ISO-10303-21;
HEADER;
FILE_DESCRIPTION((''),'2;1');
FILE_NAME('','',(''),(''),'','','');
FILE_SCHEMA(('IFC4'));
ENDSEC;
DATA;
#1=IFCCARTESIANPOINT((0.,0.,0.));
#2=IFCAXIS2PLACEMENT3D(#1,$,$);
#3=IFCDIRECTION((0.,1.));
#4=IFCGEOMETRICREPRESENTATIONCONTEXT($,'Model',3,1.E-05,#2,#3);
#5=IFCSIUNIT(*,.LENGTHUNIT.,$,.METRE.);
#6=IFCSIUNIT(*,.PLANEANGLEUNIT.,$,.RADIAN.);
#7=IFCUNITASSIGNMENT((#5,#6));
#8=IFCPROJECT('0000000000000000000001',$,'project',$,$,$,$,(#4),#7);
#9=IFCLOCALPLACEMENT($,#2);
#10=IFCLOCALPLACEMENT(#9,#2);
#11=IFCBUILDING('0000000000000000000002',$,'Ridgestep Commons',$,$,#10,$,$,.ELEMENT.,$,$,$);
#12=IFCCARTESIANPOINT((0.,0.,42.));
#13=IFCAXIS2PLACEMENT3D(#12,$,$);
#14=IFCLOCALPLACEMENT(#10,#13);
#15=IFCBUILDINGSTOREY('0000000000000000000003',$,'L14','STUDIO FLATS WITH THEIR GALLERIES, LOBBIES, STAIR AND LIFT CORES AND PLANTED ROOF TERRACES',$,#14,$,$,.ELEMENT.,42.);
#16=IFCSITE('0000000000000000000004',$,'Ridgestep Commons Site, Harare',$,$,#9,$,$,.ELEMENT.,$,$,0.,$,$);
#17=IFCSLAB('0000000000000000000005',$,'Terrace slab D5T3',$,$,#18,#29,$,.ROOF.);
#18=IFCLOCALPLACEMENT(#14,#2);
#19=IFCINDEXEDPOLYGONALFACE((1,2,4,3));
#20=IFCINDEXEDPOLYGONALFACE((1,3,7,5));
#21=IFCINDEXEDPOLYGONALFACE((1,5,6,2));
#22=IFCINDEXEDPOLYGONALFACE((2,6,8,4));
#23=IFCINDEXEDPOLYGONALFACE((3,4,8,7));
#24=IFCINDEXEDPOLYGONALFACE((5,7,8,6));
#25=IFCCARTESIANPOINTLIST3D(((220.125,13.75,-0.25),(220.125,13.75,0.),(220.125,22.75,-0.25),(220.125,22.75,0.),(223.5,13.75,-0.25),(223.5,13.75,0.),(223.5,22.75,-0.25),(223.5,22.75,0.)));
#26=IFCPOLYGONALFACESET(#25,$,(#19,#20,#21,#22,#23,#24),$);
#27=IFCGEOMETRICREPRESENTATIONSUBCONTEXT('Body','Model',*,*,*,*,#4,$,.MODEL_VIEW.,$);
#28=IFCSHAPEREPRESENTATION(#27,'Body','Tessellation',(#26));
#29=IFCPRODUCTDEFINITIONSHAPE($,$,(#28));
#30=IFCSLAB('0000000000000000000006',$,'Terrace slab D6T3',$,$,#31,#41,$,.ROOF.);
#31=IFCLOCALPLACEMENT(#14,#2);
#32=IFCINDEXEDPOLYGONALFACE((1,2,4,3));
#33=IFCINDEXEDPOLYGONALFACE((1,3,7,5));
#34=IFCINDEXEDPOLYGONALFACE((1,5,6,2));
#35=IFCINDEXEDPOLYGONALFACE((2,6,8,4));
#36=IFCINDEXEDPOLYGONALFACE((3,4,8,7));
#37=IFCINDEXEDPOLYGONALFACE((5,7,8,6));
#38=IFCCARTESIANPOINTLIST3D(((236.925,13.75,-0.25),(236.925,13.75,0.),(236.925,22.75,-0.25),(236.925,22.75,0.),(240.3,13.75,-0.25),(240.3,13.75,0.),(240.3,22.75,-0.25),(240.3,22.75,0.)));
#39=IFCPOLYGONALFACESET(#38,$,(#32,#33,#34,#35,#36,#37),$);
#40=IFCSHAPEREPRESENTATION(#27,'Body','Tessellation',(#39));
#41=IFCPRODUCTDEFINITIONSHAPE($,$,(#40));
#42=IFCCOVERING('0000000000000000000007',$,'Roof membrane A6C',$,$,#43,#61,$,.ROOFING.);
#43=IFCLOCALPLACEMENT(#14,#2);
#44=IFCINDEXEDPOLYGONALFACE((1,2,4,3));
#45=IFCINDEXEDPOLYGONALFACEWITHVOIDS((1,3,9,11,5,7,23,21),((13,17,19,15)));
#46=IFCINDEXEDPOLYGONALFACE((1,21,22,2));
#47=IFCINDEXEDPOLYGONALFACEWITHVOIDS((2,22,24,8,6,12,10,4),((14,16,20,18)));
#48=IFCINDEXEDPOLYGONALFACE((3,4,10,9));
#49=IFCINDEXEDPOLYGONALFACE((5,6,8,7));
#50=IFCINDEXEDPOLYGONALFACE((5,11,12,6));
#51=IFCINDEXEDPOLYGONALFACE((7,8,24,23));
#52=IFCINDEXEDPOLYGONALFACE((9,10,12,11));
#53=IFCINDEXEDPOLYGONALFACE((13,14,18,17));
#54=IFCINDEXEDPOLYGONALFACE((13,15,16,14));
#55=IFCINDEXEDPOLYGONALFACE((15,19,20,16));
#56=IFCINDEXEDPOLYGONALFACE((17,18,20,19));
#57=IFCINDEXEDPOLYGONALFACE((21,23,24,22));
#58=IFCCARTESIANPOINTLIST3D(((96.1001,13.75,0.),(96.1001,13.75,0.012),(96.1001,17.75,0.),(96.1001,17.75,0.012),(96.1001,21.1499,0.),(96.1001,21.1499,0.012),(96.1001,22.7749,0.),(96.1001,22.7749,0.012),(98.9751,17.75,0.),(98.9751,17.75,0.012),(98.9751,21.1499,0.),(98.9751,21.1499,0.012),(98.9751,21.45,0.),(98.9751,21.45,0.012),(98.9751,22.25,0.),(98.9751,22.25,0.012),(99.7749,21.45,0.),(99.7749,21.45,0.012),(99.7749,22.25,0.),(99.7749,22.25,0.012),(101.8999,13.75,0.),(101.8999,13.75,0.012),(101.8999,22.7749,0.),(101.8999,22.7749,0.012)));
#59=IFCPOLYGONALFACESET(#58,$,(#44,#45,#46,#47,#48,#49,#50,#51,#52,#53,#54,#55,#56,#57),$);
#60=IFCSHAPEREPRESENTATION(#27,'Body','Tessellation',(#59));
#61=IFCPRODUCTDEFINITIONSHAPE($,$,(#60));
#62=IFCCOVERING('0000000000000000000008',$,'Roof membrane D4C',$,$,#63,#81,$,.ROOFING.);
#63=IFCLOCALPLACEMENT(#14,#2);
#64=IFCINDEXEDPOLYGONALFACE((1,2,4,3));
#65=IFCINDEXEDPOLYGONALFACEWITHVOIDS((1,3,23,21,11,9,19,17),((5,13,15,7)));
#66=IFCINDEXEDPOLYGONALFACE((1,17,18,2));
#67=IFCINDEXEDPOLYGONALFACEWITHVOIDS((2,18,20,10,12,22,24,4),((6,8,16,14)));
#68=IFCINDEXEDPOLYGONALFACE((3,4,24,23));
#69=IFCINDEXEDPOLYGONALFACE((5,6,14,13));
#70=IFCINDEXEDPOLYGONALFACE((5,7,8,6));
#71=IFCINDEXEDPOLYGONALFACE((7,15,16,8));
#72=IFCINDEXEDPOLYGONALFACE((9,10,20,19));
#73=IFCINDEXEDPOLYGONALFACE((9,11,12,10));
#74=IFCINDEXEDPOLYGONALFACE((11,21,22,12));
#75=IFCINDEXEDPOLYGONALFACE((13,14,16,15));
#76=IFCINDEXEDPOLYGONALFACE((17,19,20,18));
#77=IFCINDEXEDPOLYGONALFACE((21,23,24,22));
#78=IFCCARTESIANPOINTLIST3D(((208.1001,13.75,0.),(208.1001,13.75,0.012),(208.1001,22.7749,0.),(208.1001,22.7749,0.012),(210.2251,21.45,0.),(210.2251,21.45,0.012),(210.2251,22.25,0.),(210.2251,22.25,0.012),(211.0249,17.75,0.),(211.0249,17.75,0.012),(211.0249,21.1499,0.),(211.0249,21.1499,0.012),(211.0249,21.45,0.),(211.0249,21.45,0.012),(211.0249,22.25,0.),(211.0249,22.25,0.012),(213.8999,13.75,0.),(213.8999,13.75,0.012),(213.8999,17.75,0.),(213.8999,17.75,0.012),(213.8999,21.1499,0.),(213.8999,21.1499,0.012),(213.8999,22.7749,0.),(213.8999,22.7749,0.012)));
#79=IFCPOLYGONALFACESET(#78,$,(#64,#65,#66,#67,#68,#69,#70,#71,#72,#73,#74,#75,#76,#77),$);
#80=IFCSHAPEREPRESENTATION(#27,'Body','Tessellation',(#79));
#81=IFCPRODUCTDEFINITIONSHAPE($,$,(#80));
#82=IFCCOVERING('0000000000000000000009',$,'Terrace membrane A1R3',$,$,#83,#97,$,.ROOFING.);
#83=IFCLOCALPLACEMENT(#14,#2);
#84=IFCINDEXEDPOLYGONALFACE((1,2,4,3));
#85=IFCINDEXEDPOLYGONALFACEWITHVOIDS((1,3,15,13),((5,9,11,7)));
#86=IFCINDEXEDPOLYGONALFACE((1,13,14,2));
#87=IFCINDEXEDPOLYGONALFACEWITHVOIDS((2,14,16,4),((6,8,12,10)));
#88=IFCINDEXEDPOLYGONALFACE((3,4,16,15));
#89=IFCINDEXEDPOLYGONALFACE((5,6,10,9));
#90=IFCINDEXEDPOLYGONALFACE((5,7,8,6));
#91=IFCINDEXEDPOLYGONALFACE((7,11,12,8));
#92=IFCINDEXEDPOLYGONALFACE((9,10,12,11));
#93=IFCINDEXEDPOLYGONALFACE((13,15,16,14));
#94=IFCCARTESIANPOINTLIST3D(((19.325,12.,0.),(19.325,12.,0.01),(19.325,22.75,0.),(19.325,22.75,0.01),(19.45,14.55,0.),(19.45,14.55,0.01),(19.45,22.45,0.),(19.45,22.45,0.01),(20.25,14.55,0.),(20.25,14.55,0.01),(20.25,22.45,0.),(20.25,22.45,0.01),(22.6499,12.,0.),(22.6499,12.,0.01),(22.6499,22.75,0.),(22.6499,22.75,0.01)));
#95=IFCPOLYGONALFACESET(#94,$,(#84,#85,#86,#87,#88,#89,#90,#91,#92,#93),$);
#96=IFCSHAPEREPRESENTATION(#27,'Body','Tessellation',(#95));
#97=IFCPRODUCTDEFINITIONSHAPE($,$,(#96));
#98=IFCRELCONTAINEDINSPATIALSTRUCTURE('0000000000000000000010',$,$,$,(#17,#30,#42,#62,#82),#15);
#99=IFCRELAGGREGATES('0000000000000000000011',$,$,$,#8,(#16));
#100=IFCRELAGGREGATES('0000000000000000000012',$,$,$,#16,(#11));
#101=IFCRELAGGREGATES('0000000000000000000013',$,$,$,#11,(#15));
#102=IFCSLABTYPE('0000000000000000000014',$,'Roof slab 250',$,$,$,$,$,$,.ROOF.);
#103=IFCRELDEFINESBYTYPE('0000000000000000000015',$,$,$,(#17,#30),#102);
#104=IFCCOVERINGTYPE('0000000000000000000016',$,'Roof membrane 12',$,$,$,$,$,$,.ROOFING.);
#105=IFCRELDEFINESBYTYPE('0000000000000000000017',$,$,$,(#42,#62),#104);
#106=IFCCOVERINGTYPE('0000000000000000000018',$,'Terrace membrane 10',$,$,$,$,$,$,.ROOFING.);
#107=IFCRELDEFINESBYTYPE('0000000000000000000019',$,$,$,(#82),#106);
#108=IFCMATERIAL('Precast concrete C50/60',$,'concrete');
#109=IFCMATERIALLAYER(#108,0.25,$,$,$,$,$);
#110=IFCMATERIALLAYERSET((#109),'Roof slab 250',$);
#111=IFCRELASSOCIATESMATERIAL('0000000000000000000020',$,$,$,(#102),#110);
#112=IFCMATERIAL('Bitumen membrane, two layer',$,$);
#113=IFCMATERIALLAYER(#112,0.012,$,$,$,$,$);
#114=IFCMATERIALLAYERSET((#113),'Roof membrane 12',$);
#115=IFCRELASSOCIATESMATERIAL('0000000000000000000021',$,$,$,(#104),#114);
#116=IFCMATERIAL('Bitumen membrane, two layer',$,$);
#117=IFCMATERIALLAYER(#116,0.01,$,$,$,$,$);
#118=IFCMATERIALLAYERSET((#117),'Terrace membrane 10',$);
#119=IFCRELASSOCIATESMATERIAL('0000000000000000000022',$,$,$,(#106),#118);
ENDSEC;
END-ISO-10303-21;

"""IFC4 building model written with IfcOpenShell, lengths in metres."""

from ifc_helpers import new_model, si_unit, direction, frame, origin, place, context, subcontext, project, spatial, polyline, outline, extrude, material, layer, layer_set, type_object, element, save


model = new_model("IFC4")

# Units and contexts
model_context = context("Model", 3, precision=1e-05, world=origin(), true_north=direction((0.0, 1.0)))
body_context = subcontext(model_context, "Body", "Model", "MODEL_VIEW")
ifc_project = project(units=[si_unit("LENGTHUNIT", "METRE"), si_unit("PLANEANGLEUNIT", "RADIAN")], contexts=[model_context])

# Site, building, storey
site_placement = place(None, origin())
site = spatial("IfcSite", under=ifc_project, at=site_placement, Name="Ridgestep Commons Site, Harare", CompositionType="ELEMENT", RefElevation=0.0)
building_placement = place(site_placement, origin())
building = spatial("IfcBuilding", under=site, at=building_placement, Name="Ridgestep Commons", CompositionType="ELEMENT")
storey_placement = place(building_placement, frame((0.0, 0.0, 42.0)))
storey = spatial("IfcBuildingStorey", under=building, at=storey_placement, Name="L14", Description="STUDIO FLATS WITH THEIR GALLERIES, LOBBIES, STAIR AND LIFT CORES AND PLANTED ROOF TERRACES", CompositionType="ELEMENT", Elevation=42.0)

# Shared definitions
ifc_material_1 = material(Name="Precast concrete C50/60", Category="concrete")
ifc_layer_1 = layer(ifc_material_1, 0.25)
ifc_layer_set_1 = layer_set([ifc_layer_1], Name="Roof slab 250")
slab_type_1 = type_object("IfcSlabType", Name="Roof slab 250", PredefinedType="ROOF", material=ifc_layer_set_1)

# Slabs
slab_1_placement = place(storey_placement, frame((0.0, 0.0, -0.25)))
element("IfcSlab", 1, at=slab_1_placement, inside=storey, type_object=slab_type_1, Name="Terrace slab D5T3", PredefinedType="ROOF", context=body_context, shape_type="SweptSolid", body=[
    extrude(outline(polyline([(223.5, 13.75), (223.5, 22.75), (220.125, 22.75), (220.125, 13.75), (223.5, 13.75)])), origin(), (0.0, 0.0, 1.0), 0.25),
])
slab_2_placement = place(storey_placement, frame((0.0, 0.0, -0.25)))
element("IfcSlab", 2, at=slab_2_placement, inside=storey, type_object=slab_type_1, Name="Terrace slab D6T3", PredefinedType="ROOF", context=body_context, shape_type="SweptSolid", body=[
    extrude(outline(polyline([(240.3, 13.75), (240.3, 22.75), (236.925, 22.75), (236.925, 13.75), (240.3, 13.75)])), origin(), (0.0, 0.0, 1.0), 0.25),
])

# Coverings
ifc_material_2 = material(Name="Bitumen membrane, two layer")
ifc_layer_2 = layer(ifc_material_2, 0.012)
ifc_layer_set_2 = layer_set([ifc_layer_2], Name="Roof membrane 12")
covering_type_1 = type_object("IfcCoveringType", Name="Roof membrane 12", PredefinedType="ROOFING", material=ifc_layer_set_2)
covering_1_placement = place(storey_placement, origin())
element("IfcCovering", 3, at=covering_1_placement, inside=storey, type_object=covering_type_1, Name="Roof membrane A6C", PredefinedType="ROOFING", context=body_context, shape_type="SweptSolid", body=[
    extrude(outline(polyline([(101.8999, 22.7749), (101.8999, 13.75), (96.1001, 13.75), (96.1001, 17.75), (98.9751, 17.75), (98.9751, 21.1499), (96.1001, 21.1499), (96.1001, 22.7749), (101.8999, 22.7749)]), holes=[polyline([(99.7749, 22.25), (98.9751, 22.25), (98.9751, 21.45), (99.7749, 21.45), (99.7749, 22.25)])]), origin(), (0.0, 0.0, 1.0), 0.012),
])
covering_2_placement = place(storey_placement, origin())
element("IfcCovering", 4, at=covering_2_placement, inside=storey, type_object=covering_type_1, Name="Roof membrane D4C", PredefinedType="ROOFING", context=body_context, shape_type="SweptSolid", body=[
    extrude(outline(polyline([(208.1001, 13.75), (208.1001, 22.7749), (213.8999, 22.7749), (213.8999, 21.1499), (211.0249, 21.1499), (211.0249, 17.75), (213.8999, 17.75), (213.8999, 13.75), (208.1001, 13.75)]), holes=[polyline([(211.0249, 22.25), (210.2251, 22.25), (210.2251, 21.45), (211.0249, 21.45), (211.0249, 22.25)])]), origin(), (0.0, 0.0, 1.0), 0.012),
])
ifc_material_3 = material(Name="Bitumen membrane, two layer")
ifc_layer_3 = layer(ifc_material_3, 0.01)
ifc_layer_set_3 = layer_set([ifc_layer_3], Name="Terrace membrane 10")
covering_type_2 = type_object("IfcCoveringType", Name="Terrace membrane 10", PredefinedType="ROOFING", material=ifc_layer_set_3)
covering_3_placement = place(storey_placement, origin())
element("IfcCovering", 5, at=covering_3_placement, inside=storey, type_object=covering_type_2, Name="Terrace membrane A1R3", PredefinedType="ROOFING", context=body_context, shape_type="SweptSolid", body=[
    extrude(outline(polyline([(22.6499, 12.0), (22.6499, 22.75), (19.325, 22.75), (19.325, 12.0), (22.6499, 12.0)]), holes=[polyline([(20.25, 14.55), (20.25, 22.45), (19.45, 22.45), (19.45, 14.55), (20.25, 14.55)])]), origin(), (0.0, 0.0, 1.0), 0.01),
])

save(model, "model.ifc")
